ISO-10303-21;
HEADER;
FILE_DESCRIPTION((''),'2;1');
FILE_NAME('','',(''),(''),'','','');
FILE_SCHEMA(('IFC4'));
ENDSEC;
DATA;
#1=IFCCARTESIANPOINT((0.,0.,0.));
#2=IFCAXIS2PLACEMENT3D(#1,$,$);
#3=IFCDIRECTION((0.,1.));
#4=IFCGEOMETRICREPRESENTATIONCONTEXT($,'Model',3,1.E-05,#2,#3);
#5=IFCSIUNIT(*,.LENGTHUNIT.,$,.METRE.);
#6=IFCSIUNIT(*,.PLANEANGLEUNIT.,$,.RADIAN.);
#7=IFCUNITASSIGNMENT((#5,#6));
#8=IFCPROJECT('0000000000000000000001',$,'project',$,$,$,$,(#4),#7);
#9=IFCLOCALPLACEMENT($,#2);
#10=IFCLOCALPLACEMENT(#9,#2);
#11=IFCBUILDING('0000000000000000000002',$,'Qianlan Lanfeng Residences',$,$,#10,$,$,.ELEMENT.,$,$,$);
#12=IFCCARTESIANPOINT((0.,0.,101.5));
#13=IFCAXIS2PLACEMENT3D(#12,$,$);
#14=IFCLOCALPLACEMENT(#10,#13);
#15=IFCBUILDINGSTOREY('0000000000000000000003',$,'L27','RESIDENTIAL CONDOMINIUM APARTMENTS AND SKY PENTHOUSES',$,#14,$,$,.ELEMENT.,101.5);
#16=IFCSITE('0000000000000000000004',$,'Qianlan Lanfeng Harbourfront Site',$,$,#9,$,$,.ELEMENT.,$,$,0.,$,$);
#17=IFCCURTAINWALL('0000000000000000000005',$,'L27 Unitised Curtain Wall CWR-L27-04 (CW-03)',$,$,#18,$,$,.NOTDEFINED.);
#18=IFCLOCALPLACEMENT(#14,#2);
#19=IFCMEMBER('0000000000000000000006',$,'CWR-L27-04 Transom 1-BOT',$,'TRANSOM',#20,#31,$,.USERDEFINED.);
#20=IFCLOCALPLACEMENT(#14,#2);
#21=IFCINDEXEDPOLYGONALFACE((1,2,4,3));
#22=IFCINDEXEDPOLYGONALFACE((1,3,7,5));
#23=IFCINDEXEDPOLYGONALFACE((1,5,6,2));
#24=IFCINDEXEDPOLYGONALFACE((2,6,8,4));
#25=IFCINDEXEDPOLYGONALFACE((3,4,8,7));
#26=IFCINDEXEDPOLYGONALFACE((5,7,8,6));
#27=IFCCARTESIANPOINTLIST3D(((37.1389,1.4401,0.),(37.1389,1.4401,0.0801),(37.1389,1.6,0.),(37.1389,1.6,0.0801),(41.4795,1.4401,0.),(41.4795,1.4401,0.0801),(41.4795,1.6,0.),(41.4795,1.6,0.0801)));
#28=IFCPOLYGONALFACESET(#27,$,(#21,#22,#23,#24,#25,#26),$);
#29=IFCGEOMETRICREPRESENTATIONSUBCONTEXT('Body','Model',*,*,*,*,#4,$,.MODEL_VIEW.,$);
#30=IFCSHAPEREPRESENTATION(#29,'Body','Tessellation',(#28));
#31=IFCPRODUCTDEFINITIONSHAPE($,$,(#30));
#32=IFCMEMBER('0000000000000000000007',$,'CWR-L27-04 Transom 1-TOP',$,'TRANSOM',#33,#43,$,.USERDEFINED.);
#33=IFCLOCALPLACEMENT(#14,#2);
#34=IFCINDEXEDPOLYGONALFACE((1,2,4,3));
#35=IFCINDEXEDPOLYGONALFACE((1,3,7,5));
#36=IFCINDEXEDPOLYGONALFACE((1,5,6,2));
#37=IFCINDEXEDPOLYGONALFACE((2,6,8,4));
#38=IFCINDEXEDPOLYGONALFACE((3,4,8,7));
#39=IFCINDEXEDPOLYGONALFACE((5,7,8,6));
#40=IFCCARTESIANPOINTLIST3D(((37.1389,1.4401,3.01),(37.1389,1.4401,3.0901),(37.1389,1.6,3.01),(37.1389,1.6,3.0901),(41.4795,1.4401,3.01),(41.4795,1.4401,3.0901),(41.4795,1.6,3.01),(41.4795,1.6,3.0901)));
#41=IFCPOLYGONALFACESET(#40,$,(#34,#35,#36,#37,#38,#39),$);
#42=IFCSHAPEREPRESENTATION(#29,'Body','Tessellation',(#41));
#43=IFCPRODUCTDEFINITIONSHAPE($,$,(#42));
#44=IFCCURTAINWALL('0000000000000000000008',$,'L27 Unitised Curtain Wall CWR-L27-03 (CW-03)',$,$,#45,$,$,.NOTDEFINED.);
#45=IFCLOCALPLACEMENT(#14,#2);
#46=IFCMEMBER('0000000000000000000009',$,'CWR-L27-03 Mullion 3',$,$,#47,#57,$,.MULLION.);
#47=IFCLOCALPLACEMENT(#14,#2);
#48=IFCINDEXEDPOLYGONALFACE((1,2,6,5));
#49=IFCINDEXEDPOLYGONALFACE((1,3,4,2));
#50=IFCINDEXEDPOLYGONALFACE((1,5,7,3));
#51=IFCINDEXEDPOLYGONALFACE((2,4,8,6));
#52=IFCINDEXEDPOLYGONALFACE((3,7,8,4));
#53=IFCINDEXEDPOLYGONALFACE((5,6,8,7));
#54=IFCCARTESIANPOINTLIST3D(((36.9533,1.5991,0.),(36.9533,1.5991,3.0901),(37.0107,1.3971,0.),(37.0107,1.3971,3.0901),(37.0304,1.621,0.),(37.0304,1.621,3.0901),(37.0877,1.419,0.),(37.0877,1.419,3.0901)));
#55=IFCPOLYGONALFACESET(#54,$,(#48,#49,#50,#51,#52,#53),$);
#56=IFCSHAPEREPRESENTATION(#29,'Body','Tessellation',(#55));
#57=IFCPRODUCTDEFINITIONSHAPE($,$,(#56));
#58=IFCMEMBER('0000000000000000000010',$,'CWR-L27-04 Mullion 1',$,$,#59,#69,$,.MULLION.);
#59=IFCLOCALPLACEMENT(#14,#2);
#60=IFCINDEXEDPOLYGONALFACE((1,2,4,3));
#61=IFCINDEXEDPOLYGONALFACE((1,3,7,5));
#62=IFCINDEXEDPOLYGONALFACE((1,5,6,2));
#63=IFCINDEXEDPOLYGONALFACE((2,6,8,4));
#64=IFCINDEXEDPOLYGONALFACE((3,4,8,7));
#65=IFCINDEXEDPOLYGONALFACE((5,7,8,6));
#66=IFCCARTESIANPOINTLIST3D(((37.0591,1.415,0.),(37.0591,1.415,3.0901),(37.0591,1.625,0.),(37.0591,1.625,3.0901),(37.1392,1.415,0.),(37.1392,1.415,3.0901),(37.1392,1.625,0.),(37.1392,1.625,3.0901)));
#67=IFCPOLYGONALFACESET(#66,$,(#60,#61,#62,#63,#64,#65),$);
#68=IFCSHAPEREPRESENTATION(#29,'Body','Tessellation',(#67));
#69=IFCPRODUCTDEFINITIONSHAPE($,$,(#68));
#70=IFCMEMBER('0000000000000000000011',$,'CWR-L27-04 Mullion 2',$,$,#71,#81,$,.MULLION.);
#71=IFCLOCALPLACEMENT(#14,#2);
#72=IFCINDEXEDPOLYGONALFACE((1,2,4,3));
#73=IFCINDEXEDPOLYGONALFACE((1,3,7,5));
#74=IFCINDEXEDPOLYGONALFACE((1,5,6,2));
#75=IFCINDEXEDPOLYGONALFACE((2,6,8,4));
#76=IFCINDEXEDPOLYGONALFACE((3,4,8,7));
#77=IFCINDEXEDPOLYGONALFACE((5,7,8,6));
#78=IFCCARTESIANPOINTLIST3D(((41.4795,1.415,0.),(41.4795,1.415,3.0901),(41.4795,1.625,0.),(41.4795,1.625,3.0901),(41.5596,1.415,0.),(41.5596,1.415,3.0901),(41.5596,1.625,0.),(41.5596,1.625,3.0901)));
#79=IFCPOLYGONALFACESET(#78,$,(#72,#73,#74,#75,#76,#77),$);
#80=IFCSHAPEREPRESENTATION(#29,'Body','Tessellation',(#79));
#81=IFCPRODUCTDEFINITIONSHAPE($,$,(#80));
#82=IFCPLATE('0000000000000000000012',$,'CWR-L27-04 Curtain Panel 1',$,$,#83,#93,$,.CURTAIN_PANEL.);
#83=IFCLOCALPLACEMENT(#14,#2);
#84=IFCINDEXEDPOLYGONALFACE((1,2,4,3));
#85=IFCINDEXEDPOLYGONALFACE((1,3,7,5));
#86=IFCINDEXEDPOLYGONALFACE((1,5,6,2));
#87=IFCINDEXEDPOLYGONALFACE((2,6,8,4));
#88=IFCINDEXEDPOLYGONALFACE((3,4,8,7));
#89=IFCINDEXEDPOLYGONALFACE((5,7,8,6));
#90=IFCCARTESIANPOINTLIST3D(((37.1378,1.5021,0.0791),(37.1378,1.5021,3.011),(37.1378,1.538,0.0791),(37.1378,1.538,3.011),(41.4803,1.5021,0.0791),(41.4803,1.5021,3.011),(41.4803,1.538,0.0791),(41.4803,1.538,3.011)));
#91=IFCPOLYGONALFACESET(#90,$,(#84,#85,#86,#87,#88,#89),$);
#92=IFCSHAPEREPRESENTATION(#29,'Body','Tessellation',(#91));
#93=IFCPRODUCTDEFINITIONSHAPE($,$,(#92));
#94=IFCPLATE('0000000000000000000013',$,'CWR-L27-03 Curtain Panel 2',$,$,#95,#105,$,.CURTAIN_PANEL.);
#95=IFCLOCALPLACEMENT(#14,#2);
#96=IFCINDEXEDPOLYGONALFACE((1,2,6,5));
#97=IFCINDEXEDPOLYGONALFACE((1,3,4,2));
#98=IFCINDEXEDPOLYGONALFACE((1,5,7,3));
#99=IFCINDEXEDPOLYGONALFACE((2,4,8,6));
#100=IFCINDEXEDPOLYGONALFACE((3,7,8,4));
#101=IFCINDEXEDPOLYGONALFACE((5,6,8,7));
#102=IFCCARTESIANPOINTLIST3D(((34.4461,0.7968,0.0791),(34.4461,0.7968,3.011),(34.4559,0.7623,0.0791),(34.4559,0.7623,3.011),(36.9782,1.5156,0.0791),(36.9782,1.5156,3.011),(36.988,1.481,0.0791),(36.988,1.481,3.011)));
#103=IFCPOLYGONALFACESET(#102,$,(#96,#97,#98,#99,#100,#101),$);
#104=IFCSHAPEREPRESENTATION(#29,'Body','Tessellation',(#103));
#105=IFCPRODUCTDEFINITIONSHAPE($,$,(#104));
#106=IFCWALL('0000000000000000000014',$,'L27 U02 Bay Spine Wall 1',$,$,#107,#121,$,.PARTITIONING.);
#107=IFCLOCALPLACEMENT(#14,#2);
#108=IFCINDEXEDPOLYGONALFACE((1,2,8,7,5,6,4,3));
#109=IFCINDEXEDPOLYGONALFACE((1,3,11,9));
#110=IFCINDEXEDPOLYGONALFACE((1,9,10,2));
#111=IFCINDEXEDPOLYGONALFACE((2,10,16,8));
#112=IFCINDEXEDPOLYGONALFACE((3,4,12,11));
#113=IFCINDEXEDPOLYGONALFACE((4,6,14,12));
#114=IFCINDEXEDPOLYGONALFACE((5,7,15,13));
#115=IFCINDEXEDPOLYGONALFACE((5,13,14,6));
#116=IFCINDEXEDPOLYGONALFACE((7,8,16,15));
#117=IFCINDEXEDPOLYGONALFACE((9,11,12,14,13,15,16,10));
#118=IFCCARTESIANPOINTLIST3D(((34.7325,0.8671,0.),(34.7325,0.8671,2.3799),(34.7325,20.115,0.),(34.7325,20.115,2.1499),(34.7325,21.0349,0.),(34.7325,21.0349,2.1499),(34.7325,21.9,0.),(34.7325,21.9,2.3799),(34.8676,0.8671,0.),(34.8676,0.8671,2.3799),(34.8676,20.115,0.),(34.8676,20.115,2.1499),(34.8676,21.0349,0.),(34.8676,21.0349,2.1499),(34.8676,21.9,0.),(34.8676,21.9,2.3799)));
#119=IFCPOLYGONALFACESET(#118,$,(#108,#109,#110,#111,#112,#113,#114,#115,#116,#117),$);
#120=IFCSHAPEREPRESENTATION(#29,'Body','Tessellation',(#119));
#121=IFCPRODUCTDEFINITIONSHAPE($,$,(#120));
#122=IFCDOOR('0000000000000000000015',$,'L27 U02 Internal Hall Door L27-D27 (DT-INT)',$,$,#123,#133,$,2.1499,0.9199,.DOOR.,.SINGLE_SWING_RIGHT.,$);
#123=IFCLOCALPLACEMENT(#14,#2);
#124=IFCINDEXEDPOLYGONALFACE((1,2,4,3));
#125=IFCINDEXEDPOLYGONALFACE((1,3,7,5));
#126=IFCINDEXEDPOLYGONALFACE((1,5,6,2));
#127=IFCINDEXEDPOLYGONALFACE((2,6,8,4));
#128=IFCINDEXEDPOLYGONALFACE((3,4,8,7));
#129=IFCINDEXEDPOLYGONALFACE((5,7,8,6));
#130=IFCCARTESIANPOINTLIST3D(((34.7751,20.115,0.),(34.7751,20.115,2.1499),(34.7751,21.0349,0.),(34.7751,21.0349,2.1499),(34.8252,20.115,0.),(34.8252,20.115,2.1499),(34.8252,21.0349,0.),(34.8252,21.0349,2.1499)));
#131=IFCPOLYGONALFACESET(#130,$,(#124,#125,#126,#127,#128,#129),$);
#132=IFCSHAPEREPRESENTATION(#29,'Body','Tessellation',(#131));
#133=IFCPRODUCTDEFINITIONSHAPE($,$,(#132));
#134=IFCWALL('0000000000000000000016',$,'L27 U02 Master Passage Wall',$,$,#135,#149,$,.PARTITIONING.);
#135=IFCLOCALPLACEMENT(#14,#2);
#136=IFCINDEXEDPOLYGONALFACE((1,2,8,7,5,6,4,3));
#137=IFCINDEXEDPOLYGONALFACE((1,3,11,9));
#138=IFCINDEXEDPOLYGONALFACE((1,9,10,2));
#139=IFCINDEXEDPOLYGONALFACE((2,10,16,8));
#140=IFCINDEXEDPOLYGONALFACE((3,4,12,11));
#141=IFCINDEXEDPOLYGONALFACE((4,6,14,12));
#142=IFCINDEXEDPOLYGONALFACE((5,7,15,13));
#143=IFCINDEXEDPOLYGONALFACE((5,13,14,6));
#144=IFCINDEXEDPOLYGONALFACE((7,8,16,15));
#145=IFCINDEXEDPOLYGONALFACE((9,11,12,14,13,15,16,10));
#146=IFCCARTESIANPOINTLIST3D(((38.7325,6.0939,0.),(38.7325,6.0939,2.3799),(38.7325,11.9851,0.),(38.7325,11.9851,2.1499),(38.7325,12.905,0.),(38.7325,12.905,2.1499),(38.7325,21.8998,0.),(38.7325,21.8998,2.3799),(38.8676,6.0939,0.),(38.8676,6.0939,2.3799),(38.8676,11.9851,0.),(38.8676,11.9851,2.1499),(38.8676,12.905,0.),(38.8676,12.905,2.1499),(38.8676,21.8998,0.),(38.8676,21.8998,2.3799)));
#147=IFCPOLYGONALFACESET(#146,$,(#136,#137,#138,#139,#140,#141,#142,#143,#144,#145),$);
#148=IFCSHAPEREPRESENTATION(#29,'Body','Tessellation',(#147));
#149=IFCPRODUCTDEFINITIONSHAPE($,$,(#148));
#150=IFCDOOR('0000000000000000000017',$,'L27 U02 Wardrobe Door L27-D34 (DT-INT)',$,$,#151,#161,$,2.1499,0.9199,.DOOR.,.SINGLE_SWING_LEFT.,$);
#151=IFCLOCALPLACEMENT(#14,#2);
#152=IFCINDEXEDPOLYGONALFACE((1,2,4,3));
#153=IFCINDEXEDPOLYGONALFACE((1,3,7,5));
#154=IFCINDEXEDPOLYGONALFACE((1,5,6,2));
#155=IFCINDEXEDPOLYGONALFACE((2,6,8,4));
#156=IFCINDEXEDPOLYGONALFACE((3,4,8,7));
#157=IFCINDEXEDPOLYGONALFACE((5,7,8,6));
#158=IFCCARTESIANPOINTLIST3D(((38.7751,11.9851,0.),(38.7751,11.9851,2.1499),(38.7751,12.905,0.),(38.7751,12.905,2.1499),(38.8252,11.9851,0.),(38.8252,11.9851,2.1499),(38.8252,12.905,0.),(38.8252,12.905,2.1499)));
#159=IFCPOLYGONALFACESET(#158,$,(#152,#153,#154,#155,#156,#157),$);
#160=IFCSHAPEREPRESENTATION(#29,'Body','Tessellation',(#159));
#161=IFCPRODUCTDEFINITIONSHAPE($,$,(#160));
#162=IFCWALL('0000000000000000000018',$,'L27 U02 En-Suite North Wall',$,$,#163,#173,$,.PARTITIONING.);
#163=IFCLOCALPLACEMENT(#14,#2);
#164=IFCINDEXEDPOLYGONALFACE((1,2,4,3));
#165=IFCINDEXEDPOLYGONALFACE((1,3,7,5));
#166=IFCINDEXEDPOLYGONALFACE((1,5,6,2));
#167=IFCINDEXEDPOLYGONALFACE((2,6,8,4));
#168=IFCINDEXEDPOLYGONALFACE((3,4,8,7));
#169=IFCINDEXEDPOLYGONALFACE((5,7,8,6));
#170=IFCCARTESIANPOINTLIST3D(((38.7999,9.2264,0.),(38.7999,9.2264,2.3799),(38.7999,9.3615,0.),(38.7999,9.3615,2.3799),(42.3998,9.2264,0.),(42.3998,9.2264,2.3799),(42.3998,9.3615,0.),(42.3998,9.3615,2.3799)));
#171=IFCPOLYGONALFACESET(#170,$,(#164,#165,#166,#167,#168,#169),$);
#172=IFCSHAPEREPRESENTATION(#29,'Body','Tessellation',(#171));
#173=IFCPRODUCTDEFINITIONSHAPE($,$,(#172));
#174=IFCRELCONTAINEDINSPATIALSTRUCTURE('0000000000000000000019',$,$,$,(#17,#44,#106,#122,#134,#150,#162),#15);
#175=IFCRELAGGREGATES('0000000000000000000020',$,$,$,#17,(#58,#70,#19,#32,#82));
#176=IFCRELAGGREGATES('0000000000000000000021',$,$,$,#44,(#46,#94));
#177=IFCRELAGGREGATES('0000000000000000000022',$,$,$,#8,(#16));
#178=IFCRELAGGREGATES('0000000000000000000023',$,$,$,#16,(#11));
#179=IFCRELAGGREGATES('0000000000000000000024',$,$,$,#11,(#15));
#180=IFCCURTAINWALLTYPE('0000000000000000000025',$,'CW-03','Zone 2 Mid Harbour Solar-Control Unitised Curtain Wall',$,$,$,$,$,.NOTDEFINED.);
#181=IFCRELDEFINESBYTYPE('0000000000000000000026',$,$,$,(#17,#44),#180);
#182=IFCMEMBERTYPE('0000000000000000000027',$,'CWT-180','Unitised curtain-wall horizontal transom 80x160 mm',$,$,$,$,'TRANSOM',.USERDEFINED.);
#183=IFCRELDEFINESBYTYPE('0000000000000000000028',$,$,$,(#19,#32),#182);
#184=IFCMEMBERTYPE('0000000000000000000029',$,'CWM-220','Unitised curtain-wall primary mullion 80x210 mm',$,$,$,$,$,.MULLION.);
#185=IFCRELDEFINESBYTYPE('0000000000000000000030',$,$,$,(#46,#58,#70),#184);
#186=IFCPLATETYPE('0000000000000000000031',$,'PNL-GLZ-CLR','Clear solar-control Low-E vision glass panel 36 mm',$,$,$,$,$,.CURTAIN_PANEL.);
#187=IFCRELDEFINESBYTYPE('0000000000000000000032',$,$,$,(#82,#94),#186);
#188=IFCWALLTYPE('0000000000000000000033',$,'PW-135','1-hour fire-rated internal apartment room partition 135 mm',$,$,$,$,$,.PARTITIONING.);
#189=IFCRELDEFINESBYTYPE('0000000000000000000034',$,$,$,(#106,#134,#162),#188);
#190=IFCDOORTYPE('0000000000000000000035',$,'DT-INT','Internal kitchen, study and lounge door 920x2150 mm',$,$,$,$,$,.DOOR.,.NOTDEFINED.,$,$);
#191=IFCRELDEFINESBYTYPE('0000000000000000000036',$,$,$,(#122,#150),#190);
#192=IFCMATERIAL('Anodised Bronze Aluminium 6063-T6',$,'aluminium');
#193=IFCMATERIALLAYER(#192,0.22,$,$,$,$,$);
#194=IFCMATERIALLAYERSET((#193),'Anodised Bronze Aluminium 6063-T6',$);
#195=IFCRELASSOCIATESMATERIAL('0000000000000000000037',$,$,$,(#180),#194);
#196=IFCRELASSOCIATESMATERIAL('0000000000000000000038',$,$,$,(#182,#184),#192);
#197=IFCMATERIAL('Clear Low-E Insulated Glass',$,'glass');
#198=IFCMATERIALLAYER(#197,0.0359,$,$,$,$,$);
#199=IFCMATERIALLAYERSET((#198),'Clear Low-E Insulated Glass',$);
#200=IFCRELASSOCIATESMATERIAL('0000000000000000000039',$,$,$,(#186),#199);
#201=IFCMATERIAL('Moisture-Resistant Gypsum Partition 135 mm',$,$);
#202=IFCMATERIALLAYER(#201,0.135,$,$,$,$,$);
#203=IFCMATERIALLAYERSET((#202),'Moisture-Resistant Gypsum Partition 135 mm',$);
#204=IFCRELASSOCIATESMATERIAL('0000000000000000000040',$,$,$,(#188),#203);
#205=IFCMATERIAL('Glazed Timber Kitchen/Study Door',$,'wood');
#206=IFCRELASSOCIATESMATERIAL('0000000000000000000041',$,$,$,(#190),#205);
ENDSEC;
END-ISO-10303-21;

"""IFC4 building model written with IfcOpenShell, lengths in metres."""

from ifc_helpers import new_model, si_unit, direction, frame, frame_2d, origin, origin_2d, place, context, subcontext, project, spatial, rectangle, extrude, source, transform, mapped, material, layer, layer_set, material_profile, profile_set, type_object, element, fill, aggregate, save


model = new_model("IFC4")

# Units and contexts
model_context = context("Model", 3, precision=1e-05, world=origin(), true_north=direction((0.0, 1.0)))
body_context = subcontext(model_context, "Body", "Model", "MODEL_VIEW")
ifc_project = project(units=[si_unit("LENGTHUNIT", "METRE"), si_unit("PLANEANGLEUNIT", "RADIAN")], contexts=[model_context])

# Site, building, storey
site_placement = place(None, origin())
site = spatial("IfcSite", under=ifc_project, at=site_placement, Name="Qianlan Lanfeng Harbourfront Site", CompositionType="ELEMENT", RefElevation=0.0)
building_placement = place(site_placement, origin())
building = spatial("IfcBuilding", under=site, at=building_placement, Name="Qianlan Lanfeng Residences", CompositionType="ELEMENT")
storey_placement = place(building_placement, frame((0.0, 0.0, 101.5)))
storey = spatial("IfcBuildingStorey", under=building, at=storey_placement, Name="L27", Description="RESIDENTIAL CONDOMINIUM APARTMENTS AND SKY PENTHOUSES", CompositionType="ELEMENT", Elevation=101.5)

# Curtain wall, members
ifc_material_1 = material(Name="Anodised Bronze Aluminium 6063-T6", Category="aluminium")
ifc_layer_1 = layer(ifc_material_1, 0.22)
ifc_layer_set_1 = layer_set([ifc_layer_1], Name="Anodised Bronze Aluminium 6063-T6")
curtain_wall_type = type_object("IfcCurtainWallType", Name="CW-03", Description="Zone 2 Mid Harbour Solar-Control Unitised Curtain Wall", PredefinedType="NOTDEFINED", material=ifc_layer_set_1)
curtain_wall_1_placement = place(storey_placement, origin())
curtain_wall_1 = element("IfcCurtainWall", 1, at=curtain_wall_1_placement, inside=storey, type_object=curtain_wall_type, Name="L27 Unitised Curtain Wall CWR-L27-04 (CW-03)", PredefinedType="NOTDEFINED")
ifc_material_profile_1 = material_profile(ifc_material_1, rectangle(XDim=0.0801, YDim=0.1599, at=origin_2d()), Name="ALU TRANSOM 80x160")
ifc_profile_set_1 = profile_set([ifc_material_profile_1], Name="Anodised Bronze Aluminium 6063-T6")
member_type_1 = type_object("IfcMemberType", Name="CWT-180", Description="Unitised curtain-wall horizontal transom 80x160 mm", ElementType="TRANSOM", PredefinedType="USERDEFINED", material=ifc_profile_set_1)
shared_shape_1 = source(origin(), body_context, "Body", "SweptSolid", [
    extrude(rectangle(XDim=0.0801, YDim=0.1599, at=origin_2d()), origin(), (0.0, 0.0, 1.0), 4.3406),
])
member_1_placement = place(storey_placement, frame((37.1389, 1.52, 0.04), z_axis=(1.0, 0.0, 0.0), x_axis=(0.0, 0.0, 1.0)))
member_1 = element("IfcMember", 2, at=member_1_placement, type_object=member_type_1, Name="CWR-L27-04 Transom 1-BOT", ObjectType="TRANSOM", PredefinedType="USERDEFINED", context=body_context, shape_type="MappedRepresentation", body=[
    mapped(shared_shape_1, transform((0.0, 0.0, 0.0), scale=1.0)),
])
member_2_placement = place(storey_placement, frame((37.1389, 1.52, 3.05), z_axis=(1.0, 0.0, 0.0), x_axis=(0.0, 0.0, 1.0)))
member_2 = element("IfcMember", 3, at=member_2_placement, type_object=member_type_1, Name="CWR-L27-04 Transom 1-TOP", ObjectType="TRANSOM", PredefinedType="USERDEFINED", context=body_context, shape_type="MappedRepresentation", body=[
    mapped(shared_shape_1, transform((0.0, 0.0, 0.0), scale=1.0)),
])

# Curtain wall, member
curtain_wall_2_placement = place(storey_placement, origin())
curtain_wall_2 = element("IfcCurtainWall", 4, at=curtain_wall_2_placement, inside=storey, type_object=curtain_wall_type, Name="L27 Unitised Curtain Wall CWR-L27-03 (CW-03)", PredefinedType="NOTDEFINED")
ifc_material_profile_2 = material_profile(ifc_material_1, rectangle(XDim=0.0801, YDim=0.21, at=origin_2d()), Name="ALU MULLION 80x210")
ifc_profile_set_2 = profile_set([ifc_material_profile_2], Name="Anodised Bronze Aluminium 6063-T6")
member_type_2 = type_object("IfcMemberType", Name="CWM-220", Description="Unitised curtain-wall primary mullion 80x210 mm", PredefinedType="MULLION", material=ifc_profile_set_2)
shared_shape_2 = source(origin(), body_context, "Body", "SweptSolid", [
    extrude(rectangle(XDim=0.0801, YDim=0.21, at=origin_2d()), origin(), (0.0, 0.0, 1.0), 3.0901),
])
member_3_placement = place(storey_placement, frame((37.0205, 1.509, 0.0), z_axis=(0.0, 0.0, 1.0), x_axis=(0.961989, 0.273088, 0.0)))
member_3 = element("IfcMember", 5, at=member_3_placement, type_object=member_type_2, Name="CWR-L27-03 Mullion 3", PredefinedType="MULLION", context=body_context, shape_type="MappedRepresentation", body=[
    mapped(shared_shape_2, transform((0.0, 0.0, 0.0), scale=1.0)),
])

# Members
member_4_placement = place(storey_placement, frame((37.0991, 1.52, 0.0), z_axis=(0.0, 0.0, 1.0), x_axis=(1.0, 0.0, 0.0)))
member_4 = element("IfcMember", 6, at=member_4_placement, type_object=member_type_2, Name="CWR-L27-04 Mullion 1", PredefinedType="MULLION", context=body_context, shape_type="MappedRepresentation", body=[
    mapped(shared_shape_2, transform((0.0, 0.0, 0.0), scale=1.0)),
])
member_5_placement = place(storey_placement, frame((41.5195, 1.52, 0.0), z_axis=(0.0, 0.0, 1.0), x_axis=(1.0, 0.0, 0.0)))
member_5 = element("IfcMember", 7, at=member_5_placement, type_object=member_type_2, Name="CWR-L27-04 Mullion 2", PredefinedType="MULLION", context=body_context, shape_type="MappedRepresentation", body=[
    mapped(shared_shape_2, transform((0.0, 0.0, 0.0), scale=1.0)),
])

# Plates
ifc_material_2 = material(Name="Clear Low-E Insulated Glass", Category="glass")
ifc_layer_2 = layer(ifc_material_2, 0.0359)
ifc_layer_set_2 = layer_set([ifc_layer_2], Name="Clear Low-E Insulated Glass")
plate_type = type_object("IfcPlateType", Name="PNL-GLZ-CLR", Description="Clear solar-control Low-E vision glass panel 36 mm", PredefinedType="CURTAIN_PANEL", material=ifc_layer_set_2)
shared_shape_3 = source(origin(), body_context, "Body", "SweptSolid", [
    extrude(rectangle(XDim=4.3425, YDim=0.0359, at=origin_2d()), origin(), (0.0, 0.0, 1.0), 2.9319),
])
plate_1_placement = place(storey_placement, frame((39.3091, 1.52, 0.0791), z_axis=(0.0, 0.0, 1.0), x_axis=(1.0, 0.0, 0.0)))
plate_1 = element("IfcPlate", 8, at=plate_1_placement, type_object=plate_type, Name="CWR-L27-04 Curtain Panel 1", PredefinedType="CURTAIN_PANEL", context=body_context, shape_type="MappedRepresentation", body=[
    mapped(shared_shape_3, transform((0.0, 0.0, 0.0), scale=1.0)),
])
aggregate(curtain_wall_1, [member_4, member_5, member_1, member_2, plate_1])
shared_shape_4 = source(origin(), body_context, "Body", "SweptSolid", [
    extrude(rectangle(XDim=2.6321, YDim=0.0359, at=origin_2d()), origin(), (0.0, 0.0, 1.0), 2.9319),
])
plate_2_placement = place(storey_placement, frame((35.717, 1.1389, 0.0791), z_axis=(0.0, 0.0, 1.0), x_axis=(0.961989, 0.273088, 0.0)))
plate_2 = element("IfcPlate", 9, at=plate_2_placement, type_object=plate_type, Name="CWR-L27-03 Curtain Panel 2", PredefinedType="CURTAIN_PANEL", context=body_context, shape_type="MappedRepresentation", body=[
    mapped(shared_shape_4, transform((0.0, 0.0, 0.0), scale=1.0)),
])
aggregate(curtain_wall_2, [member_3, plate_2])

# Wall, opening, door
ifc_material_3 = material(Name="Moisture-Resistant Gypsum Partition 135 mm")
ifc_layer_3 = layer(ifc_material_3, 0.135)
ifc_layer_set_3 = layer_set([ifc_layer_3], Name="Moisture-Resistant Gypsum Partition 135 mm")
wall_type = type_object("IfcWallType", Name="PW-135", Description="1-hour fire-rated internal apartment room partition 135 mm", PredefinedType="PARTITIONING", material=ifc_layer_set_3)
wall_1_placement = place(storey_placement, frame((34.8, 0.8669, 0.0), z_axis=(0.0, 0.0, 1.0), x_axis=(0.0, 1.0, 0.0)))
wall_1 = element("IfcWall", 10, at=wall_1_placement, inside=storey, type_object=wall_type, Name="L27 U02 Bay Spine Wall 1", PredefinedType="PARTITIONING", context=body_context, shape_type="SweptSolid", body=[
    extrude(rectangle(XDim=21.033, YDim=0.135, at=frame_2d((10.5166, 0.0))), origin(), (0.0, 0.0, 1.0), 2.3799),
])
opening_1_placement = place(wall_1_placement, frame((19.248, 0.0, 0.0)))
opening_1 = element("IfcOpeningElement", 11, at=opening_1_placement, cuts=wall_1, PredefinedType="OPENING", context=body_context, shape_type="SweptSolid", body=[
    extrude(rectangle(XDim=0.9199, YDim=2.1499, at=frame_2d((0.46, 1.075))), frame((0.0, 0.0776, 0.0), z_axis=(0.0, -1.0, 0.0), x_axis=(1.0, 0.0, 0.0)), (0.0, 0.0, 1.0), 0.155),
])
ifc_material_4 = material(Name="Glazed Timber Kitchen/Study Door", Category="wood")
door_type_1 = type_object("IfcDoorType", Name="DT-INT", Description="Internal kitchen, study and lounge door 920x2150 mm", OperationType="NOTDEFINED", PredefinedType="DOOR", material=ifc_material_4)
door_1_placement = place(opening_1_placement, origin())
door_1 = element("IfcDoor", 12, at=door_1_placement, inside=storey, type_object=door_type_1, Name="L27 U02 Internal Hall Door L27-D27 (DT-INT)", OperationType="SINGLE_SWING_RIGHT", OverallHeight=2.1499, OverallWidth=0.9199, PredefinedType="DOOR", context=body_context, shape_type="SweptSolid", body=[
    extrude(rectangle(XDim=0.9199, YDim=2.1499, at=frame_2d((0.46, 1.075))), frame((0.0, 0.0249, 0.0), z_axis=(0.0, -1.0, 0.0), x_axis=(1.0, 0.0, 0.0)), (0.0, 0.0, 1.0), 0.05),
])
fill(opening_1, door_1)

# Wall, opening, door
wall_2_placement = place(storey_placement, frame((38.8, 6.094, 0.0), z_axis=(0.0, 0.0, 1.0), x_axis=(0.0, 1.0, 0.0)))
wall_2 = element("IfcWall", 13, at=wall_2_placement, inside=storey, type_object=wall_type, Name="L27 U02 Master Passage Wall", PredefinedType="PARTITIONING", context=body_context, shape_type="SweptSolid", body=[
    extrude(rectangle(XDim=15.8059, YDim=0.135, at=frame_2d((7.9028, 0.0))), origin(), (0.0, 0.0, 1.0), 2.3799),
])
opening_2_placement = place(wall_2_placement, frame((5.8911, 0.0, 0.0)))
opening_2 = element("IfcOpeningElement", 14, at=opening_2_placement, cuts=wall_2, PredefinedType="OPENING", context=body_context, shape_type="SweptSolid", body=[
    extrude(rectangle(XDim=0.9199, YDim=2.1499, at=frame_2d((0.46, 1.075))), frame((0.0, 0.0776, 0.0), z_axis=(0.0, -1.0, 0.0), x_axis=(1.0, 0.0, 0.0)), (0.0, 0.0, 1.0), 0.155),
])
door_2_placement = place(opening_2_placement, origin())
door_2 = element("IfcDoor", 15, at=door_2_placement, inside=storey, type_object=door_type_1, Name="L27 U02 Wardrobe Door L27-D34 (DT-INT)", OperationType="SINGLE_SWING_LEFT", OverallHeight=2.1499, OverallWidth=0.9199, PredefinedType="DOOR", context=body_context, shape_type="SweptSolid", body=[
    extrude(rectangle(XDim=0.9199, YDim=2.1499, at=frame_2d((0.46, 1.075))), frame((0.0, 0.0249, 0.0), z_axis=(0.0, -1.0, 0.0), x_axis=(1.0, 0.0, 0.0)), (0.0, 0.0, 1.0), 0.05),
])
fill(opening_2, door_2)

# Wall
wall_3_placement = place(storey_placement, frame((38.8, 9.2939, 0.0), z_axis=(0.0, 0.0, 1.0), x_axis=(1.0, 0.0, 0.0)))
element("IfcWall", 16, at=wall_3_placement, inside=storey, type_object=wall_type, Name="L27 U02 En-Suite North Wall", PredefinedType="PARTITIONING", context=body_context, shape_type="SweptSolid", body=[
    extrude(rectangle(XDim=3.5999, YDim=0.135, at=frame_2d((1.7998, 0.0))), origin(), (0.0, 0.0, 1.0), 2.3799),
])

save(model, "model.ifc")
